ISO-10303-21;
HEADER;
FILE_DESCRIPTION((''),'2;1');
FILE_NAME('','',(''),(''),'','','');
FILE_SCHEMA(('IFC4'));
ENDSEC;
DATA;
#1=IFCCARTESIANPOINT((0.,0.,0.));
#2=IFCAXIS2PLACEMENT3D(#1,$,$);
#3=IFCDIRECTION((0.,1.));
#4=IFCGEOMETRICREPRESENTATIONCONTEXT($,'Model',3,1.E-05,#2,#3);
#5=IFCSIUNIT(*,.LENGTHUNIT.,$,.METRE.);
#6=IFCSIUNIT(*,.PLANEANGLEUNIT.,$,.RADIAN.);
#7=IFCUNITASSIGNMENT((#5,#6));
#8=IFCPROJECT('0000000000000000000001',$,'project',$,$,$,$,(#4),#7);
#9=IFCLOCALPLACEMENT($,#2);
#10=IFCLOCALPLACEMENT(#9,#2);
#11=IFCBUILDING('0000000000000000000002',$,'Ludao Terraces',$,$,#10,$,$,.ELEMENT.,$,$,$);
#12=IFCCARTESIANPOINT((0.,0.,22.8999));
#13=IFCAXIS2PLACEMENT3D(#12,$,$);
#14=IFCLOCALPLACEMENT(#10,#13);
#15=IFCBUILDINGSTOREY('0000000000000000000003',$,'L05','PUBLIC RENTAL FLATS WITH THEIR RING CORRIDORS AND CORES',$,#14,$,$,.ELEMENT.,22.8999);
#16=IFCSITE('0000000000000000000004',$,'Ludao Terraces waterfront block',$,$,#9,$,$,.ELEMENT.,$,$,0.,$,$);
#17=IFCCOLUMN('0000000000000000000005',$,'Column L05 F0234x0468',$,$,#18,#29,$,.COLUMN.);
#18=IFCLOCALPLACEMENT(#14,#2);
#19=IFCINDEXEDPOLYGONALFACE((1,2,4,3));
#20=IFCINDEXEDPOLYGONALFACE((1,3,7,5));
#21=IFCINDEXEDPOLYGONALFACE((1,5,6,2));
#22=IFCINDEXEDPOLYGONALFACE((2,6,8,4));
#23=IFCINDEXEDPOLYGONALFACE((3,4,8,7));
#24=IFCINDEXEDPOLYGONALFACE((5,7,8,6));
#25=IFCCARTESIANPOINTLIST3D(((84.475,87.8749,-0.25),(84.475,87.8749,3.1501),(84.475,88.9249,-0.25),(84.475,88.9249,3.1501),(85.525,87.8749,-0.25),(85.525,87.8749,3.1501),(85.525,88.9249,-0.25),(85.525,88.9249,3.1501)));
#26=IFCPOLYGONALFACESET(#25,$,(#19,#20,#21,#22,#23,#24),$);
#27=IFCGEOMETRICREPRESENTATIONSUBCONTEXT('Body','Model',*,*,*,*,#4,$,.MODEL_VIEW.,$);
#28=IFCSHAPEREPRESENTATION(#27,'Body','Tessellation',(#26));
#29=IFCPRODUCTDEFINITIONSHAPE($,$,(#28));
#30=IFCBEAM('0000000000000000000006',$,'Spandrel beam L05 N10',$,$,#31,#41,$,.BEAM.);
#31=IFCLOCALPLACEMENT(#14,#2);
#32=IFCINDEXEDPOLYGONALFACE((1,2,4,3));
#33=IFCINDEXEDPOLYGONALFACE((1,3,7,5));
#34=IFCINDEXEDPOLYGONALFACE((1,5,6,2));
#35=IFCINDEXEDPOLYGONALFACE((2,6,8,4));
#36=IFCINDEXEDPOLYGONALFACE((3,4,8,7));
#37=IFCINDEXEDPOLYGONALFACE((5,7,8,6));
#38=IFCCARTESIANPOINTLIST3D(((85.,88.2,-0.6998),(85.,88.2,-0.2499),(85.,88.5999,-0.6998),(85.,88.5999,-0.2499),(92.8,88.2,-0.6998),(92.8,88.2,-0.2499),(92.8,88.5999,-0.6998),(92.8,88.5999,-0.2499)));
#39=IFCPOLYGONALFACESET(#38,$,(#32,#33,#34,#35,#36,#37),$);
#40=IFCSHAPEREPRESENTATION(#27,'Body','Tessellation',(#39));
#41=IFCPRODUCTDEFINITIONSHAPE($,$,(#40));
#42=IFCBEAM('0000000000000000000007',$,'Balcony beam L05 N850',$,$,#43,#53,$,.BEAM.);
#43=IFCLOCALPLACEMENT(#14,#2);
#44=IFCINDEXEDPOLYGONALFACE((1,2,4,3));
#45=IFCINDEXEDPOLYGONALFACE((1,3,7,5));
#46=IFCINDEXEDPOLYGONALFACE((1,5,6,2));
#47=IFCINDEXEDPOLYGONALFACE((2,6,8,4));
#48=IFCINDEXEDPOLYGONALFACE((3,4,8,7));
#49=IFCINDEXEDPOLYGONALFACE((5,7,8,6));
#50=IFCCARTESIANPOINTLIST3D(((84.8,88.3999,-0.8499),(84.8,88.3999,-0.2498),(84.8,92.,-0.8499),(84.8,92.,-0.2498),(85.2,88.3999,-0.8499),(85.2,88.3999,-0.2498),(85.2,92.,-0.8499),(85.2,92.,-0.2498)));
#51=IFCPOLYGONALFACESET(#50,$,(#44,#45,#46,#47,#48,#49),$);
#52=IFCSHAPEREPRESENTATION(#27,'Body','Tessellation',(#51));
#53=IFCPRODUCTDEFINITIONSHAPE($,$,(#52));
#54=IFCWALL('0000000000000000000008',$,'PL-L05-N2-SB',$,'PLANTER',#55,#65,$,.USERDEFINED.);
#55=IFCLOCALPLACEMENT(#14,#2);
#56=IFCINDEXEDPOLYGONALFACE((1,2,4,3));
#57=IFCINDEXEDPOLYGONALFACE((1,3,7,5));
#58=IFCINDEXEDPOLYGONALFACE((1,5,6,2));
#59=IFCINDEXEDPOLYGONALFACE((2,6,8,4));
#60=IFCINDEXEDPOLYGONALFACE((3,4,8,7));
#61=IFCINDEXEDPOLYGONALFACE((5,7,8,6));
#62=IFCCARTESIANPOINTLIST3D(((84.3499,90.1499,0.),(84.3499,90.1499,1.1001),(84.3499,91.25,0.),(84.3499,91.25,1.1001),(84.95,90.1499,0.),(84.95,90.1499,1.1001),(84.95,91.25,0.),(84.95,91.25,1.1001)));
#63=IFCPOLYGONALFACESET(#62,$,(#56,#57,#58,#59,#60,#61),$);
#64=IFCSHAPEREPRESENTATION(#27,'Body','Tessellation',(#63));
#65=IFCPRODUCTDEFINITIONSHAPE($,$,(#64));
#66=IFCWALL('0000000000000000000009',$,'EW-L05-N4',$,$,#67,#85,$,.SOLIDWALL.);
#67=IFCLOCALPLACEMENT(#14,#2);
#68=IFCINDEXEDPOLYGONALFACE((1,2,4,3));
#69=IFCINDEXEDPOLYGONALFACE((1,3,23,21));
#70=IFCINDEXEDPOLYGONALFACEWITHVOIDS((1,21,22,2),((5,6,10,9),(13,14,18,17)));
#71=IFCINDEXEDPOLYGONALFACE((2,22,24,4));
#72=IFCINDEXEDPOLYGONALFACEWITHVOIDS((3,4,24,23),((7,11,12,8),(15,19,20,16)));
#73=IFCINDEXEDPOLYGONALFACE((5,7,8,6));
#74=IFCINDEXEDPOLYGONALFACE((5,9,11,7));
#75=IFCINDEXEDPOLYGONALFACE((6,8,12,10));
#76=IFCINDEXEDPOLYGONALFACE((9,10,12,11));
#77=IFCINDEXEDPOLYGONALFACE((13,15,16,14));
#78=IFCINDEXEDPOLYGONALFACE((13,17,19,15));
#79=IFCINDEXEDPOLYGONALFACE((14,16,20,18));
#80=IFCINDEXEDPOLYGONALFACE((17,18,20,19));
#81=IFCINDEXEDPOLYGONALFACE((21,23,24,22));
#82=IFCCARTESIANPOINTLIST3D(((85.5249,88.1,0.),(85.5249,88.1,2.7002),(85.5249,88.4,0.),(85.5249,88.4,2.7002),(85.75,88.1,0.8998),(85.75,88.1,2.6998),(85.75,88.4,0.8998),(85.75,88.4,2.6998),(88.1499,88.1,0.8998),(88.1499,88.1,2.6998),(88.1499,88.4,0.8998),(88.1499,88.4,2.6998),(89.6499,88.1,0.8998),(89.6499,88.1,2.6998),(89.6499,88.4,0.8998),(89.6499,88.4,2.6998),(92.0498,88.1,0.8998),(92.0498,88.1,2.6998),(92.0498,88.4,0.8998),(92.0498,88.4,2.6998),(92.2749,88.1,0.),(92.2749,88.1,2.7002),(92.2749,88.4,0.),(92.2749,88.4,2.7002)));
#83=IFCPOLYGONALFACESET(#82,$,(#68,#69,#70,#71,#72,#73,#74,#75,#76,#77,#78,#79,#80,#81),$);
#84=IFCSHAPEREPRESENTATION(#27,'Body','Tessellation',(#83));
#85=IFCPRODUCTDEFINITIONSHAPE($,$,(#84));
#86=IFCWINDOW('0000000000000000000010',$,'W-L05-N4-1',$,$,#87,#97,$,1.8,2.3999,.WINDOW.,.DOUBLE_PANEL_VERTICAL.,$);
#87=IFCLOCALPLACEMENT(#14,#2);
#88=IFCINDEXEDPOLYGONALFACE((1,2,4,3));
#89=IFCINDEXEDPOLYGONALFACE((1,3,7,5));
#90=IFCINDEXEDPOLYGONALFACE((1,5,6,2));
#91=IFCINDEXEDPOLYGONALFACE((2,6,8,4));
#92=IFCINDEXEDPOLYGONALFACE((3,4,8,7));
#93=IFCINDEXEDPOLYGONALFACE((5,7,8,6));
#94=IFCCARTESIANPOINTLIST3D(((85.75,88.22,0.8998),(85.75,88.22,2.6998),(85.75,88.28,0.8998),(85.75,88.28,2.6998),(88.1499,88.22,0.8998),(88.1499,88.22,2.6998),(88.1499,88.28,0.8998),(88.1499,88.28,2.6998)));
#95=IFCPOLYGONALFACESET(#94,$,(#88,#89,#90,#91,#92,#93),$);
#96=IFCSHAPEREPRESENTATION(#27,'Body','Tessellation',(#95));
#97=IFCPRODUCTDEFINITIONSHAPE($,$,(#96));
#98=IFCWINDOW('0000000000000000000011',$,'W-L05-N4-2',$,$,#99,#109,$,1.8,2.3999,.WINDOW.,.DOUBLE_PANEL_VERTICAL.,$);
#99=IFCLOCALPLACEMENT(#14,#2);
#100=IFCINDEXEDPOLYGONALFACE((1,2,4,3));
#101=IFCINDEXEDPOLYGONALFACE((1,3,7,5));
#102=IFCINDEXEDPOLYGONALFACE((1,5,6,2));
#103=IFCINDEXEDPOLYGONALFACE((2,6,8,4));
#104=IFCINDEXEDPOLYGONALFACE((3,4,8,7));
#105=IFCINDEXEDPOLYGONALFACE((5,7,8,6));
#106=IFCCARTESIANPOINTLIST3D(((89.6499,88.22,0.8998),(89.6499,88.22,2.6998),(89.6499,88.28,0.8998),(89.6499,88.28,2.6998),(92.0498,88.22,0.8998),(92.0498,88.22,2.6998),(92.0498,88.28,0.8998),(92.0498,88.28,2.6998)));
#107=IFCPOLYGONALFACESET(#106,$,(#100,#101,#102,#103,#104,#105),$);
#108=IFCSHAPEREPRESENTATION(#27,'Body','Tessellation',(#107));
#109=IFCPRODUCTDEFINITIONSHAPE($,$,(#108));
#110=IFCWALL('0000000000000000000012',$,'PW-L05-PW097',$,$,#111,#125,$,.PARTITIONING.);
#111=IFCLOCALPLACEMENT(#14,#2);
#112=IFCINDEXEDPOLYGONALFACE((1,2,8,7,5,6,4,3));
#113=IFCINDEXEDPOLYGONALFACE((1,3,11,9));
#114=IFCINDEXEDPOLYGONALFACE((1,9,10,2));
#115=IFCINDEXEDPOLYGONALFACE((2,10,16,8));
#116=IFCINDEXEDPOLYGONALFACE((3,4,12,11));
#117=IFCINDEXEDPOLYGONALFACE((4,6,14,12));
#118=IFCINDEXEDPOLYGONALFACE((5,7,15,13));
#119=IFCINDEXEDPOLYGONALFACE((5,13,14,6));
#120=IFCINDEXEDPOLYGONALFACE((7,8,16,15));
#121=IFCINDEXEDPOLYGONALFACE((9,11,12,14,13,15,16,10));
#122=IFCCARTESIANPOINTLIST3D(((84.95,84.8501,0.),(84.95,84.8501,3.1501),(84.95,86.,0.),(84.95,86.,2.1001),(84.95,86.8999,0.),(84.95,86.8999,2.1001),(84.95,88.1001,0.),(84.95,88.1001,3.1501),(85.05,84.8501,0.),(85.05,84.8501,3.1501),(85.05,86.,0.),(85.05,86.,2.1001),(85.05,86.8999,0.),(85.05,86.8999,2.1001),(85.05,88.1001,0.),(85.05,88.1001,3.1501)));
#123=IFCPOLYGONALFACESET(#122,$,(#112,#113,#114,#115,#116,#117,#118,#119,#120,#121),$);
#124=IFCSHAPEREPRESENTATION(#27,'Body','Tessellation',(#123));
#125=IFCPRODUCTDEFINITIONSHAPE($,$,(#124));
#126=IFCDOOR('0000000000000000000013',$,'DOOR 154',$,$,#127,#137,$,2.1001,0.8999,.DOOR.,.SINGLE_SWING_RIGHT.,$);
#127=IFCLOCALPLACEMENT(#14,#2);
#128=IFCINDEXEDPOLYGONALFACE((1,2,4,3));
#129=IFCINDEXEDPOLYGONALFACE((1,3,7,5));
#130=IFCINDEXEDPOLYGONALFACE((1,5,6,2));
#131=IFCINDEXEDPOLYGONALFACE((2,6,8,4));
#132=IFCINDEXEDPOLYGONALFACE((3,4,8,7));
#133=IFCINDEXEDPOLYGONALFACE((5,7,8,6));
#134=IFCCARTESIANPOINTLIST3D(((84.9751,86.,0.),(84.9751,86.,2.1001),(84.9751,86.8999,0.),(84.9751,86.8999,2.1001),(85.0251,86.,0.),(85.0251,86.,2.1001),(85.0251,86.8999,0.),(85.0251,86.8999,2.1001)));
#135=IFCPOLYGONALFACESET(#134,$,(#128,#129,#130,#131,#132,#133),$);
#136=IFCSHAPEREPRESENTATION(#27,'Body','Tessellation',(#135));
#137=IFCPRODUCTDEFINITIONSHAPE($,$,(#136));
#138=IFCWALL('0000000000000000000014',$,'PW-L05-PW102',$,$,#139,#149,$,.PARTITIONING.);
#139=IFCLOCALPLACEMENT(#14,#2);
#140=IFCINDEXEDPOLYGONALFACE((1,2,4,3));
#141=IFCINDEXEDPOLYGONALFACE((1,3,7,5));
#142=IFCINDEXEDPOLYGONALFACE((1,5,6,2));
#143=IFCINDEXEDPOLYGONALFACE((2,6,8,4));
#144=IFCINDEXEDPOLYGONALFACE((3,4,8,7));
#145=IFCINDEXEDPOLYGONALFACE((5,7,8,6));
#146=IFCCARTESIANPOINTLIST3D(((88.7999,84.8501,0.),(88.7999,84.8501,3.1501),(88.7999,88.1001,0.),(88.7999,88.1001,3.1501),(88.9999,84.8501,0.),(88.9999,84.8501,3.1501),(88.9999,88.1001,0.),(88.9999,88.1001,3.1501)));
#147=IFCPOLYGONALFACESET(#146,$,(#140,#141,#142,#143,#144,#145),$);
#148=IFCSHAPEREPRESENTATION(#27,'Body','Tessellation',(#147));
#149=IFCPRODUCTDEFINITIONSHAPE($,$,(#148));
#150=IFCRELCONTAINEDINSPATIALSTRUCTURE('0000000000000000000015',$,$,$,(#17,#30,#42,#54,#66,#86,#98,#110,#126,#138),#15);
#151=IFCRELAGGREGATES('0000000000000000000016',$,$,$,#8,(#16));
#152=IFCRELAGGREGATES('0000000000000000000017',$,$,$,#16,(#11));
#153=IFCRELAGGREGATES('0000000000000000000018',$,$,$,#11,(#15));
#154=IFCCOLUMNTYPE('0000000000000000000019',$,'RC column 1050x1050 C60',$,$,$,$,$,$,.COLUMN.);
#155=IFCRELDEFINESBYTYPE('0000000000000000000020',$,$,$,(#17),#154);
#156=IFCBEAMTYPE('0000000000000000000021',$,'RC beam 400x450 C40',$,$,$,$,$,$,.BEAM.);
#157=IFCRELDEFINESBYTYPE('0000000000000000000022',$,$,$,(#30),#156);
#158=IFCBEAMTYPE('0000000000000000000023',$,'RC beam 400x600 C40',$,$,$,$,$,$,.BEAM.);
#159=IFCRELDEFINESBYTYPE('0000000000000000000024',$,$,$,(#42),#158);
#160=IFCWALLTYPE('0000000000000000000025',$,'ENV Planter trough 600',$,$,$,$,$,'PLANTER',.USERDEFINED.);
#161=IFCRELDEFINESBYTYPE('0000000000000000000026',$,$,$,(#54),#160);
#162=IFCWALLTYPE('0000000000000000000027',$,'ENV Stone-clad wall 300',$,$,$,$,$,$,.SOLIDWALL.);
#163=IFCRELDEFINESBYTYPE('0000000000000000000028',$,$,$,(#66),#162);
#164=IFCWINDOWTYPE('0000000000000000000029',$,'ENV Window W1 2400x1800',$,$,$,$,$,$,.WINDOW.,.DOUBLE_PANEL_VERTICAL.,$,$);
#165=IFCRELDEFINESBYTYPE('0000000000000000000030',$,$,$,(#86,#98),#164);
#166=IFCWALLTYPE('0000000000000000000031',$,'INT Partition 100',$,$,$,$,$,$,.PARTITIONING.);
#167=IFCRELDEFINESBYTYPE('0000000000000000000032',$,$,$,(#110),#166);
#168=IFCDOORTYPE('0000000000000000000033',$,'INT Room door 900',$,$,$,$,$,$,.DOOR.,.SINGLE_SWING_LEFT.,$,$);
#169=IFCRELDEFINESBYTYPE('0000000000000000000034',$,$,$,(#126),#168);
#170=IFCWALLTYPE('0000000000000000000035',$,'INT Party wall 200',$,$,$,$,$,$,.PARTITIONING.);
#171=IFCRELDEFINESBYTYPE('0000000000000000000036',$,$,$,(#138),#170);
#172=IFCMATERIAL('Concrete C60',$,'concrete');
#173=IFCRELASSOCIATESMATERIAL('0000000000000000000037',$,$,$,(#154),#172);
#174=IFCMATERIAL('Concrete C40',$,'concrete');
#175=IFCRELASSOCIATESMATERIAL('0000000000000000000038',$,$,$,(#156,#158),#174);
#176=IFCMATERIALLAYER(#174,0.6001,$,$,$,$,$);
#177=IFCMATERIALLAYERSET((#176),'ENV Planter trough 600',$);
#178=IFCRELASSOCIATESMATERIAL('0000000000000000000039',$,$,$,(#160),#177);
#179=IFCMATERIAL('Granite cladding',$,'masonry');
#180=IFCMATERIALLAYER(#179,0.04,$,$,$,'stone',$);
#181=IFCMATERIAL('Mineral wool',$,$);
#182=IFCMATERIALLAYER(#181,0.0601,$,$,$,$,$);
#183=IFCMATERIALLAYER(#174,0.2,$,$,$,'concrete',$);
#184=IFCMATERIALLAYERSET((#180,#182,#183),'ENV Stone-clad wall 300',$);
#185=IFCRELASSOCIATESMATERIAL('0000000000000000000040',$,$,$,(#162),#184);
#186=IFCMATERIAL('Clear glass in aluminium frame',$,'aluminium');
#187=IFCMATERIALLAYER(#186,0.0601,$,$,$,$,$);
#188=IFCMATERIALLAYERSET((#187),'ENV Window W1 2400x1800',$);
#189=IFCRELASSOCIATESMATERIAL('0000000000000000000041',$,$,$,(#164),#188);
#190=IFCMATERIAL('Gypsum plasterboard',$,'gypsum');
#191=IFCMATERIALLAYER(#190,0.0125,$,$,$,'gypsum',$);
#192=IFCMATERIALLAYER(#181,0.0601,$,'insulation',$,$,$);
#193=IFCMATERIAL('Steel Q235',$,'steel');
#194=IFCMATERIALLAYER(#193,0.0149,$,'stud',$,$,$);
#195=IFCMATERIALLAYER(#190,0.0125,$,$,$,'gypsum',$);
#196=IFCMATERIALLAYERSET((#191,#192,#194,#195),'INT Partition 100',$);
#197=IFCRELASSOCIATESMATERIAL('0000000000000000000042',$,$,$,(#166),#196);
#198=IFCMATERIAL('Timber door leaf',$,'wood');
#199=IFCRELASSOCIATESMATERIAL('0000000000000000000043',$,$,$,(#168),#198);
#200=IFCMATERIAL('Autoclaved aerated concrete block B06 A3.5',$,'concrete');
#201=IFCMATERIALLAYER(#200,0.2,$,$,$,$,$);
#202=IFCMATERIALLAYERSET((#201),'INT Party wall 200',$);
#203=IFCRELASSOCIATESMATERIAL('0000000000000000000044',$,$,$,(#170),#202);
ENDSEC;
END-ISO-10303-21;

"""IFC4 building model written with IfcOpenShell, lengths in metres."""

from ifc_helpers import new_model, si_unit, direction, frame, frame_2d, origin, origin_2d, place, context, subcontext, project, spatial, rectangle, extrude, material, layer, layer_set, material_profile, profile_set, type_object, element, fill, save


model = new_model("IFC4")

# Units and contexts
model_context = context("Model", 3, precision=1e-05, world=origin(), true_north=direction((0.0, 1.0)))
body_context = subcontext(model_context, "Body", "Model", "MODEL_VIEW")
ifc_project = project(units=[si_unit("LENGTHUNIT", "METRE"), si_unit("PLANEANGLEUNIT", "RADIAN")], contexts=[model_context])

# Site, building, storey
site_placement = place(None, origin())
site = spatial("IfcSite", under=ifc_project, at=site_placement, Name="Ludao Terraces waterfront block", CompositionType="ELEMENT", RefElevation=0.0)
building_placement = place(site_placement, origin())
building = spatial("IfcBuilding", under=site, at=building_placement, Name="Ludao Terraces", CompositionType="ELEMENT")
storey_placement = place(building_placement, frame((0.0, 0.0, 22.8999)))
storey = spatial("IfcBuildingStorey", under=building, at=storey_placement, Name="L05", Description="PUBLIC RENTAL FLATS WITH THEIR RING CORRIDORS AND CORES", CompositionType="ELEMENT", Elevation=22.8999)

# Column
ifc_material_1 = material(Name="Concrete C60", Category="concrete")
ifc_material_profile_1 = material_profile(ifc_material_1, rectangle(XDim=1.05, YDim=1.05, at=origin_2d()), Name="1050 X 1050")
ifc_profile_set_1 = profile_set([ifc_material_profile_1], Name="Concrete C60")
column_type = type_object("IfcColumnType", Name="RC column 1050x1050 C60", PredefinedType="COLUMN", material=ifc_profile_set_1)
column_placement = place(storey_placement, frame((85.0, 88.3999, -0.25), z_axis=(0.0, 0.0, 1.0), x_axis=(1.0, 0.0, 0.0)))
element("IfcColumn", 1, at=column_placement, inside=storey, type_object=column_type, Name="Column L05 F0234x0468", PredefinedType="COLUMN", context=body_context, shape_type="SweptSolid", body=[
    extrude(rectangle(XDim=1.05, YDim=1.05, at=origin_2d()), origin(), (0.0, 0.0, 1.0), 3.4001),
])

# Beams
ifc_material_2 = material(Name="Concrete C40", Category="concrete")
ifc_material_profile_2 = material_profile(ifc_material_2, rectangle(XDim=0.3999, YDim=0.45, at=origin_2d()), Name="400 X 450")
ifc_profile_set_2 = profile_set([ifc_material_profile_2], Name="Concrete C40")
beam_type_1 = type_object("IfcBeamType", Name="RC beam 400x450 C40", PredefinedType="BEAM", material=ifc_profile_set_2)
beam_1_placement = place(storey_placement, frame((85.0, 88.3999, -0.4749), z_axis=(1.0, 0.0, 0.0), x_axis=(0.0, 1.0, 0.0)))
element("IfcBeam", 2, at=beam_1_placement, inside=storey, type_object=beam_type_1, Name="Spandrel beam L05 N10", PredefinedType="BEAM", context=body_context, shape_type="SweptSolid", body=[
    extrude(rectangle(XDim=0.3999, YDim=0.45, at=origin_2d()), origin(), (0.0, 0.0, 1.0), 7.8),
])
ifc_material_profile_3 = material_profile(ifc_material_2, rectangle(XDim=0.3999, YDim=0.6001, at=origin_2d()), Name="400 X 600")
ifc_profile_set_3 = profile_set([ifc_material_profile_3], Name="Concrete C40")
beam_type_2 = type_object("IfcBeamType", Name="RC beam 400x600 C40", PredefinedType="BEAM", material=ifc_profile_set_3)
beam_2_placement = place(storey_placement, frame((85.0, 88.3999, -0.5498), z_axis=(0.0, 1.0, 0.0), x_axis=(-1.0, 0.0, 0.0)))
element("IfcBeam", 3, at=beam_2_placement, inside=storey, type_object=beam_type_2, Name="Balcony beam L05 N850", PredefinedType="BEAM", context=body_context, shape_type="SweptSolid", body=[
    extrude(rectangle(XDim=0.3999, YDim=0.6001, at=origin_2d()), origin(), (0.0, 0.0, 1.0), 3.6001),
])

# Wall
ifc_layer_1 = layer(ifc_material_2, 0.6001)
ifc_layer_set_1 = layer_set([ifc_layer_1], Name="ENV Planter trough 600")
wall_type_1 = type_object("IfcWallType", Name="ENV Planter trough 600", ElementType="PLANTER", PredefinedType="USERDEFINED", material=ifc_layer_set_1)
wall_1_placement = place(storey_placement, frame((84.6499, 91.25, 0.0), z_axis=(0.0, 0.0, 1.0), x_axis=(0.0, -1.0, 0.0)))
element("IfcWall", 4, at=wall_1_placement, inside=storey, type_object=wall_type_1, Name="PL-L05-N2-SB", ObjectType="PLANTER", PredefinedType="USERDEFINED", context=body_context, shape_type="SweptSolid", body=[
    extrude(rectangle(XDim=1.1001, YDim=0.6001, at=frame_2d((0.55, 0.0))), origin(), (0.0, 0.0, 1.0), 1.1001),
])

# Wall, openings, windows
ifc_material_3 = material(Name="Granite cladding", Category="masonry")
ifc_layer_2 = layer(ifc_material_3, 0.04, Category="stone")
ifc_material_4 = material(Name="Mineral wool")
ifc_layer_3 = layer(ifc_material_4, 0.0601)
ifc_layer_4 = layer(ifc_material_2, 0.2, Category="concrete")
ifc_layer_set_2 = layer_set([ifc_layer_2, ifc_layer_3, ifc_layer_4], Name="ENV Stone-clad wall 300")
wall_type_2 = type_object("IfcWallType", Name="ENV Stone-clad wall 300", PredefinedType="SOLIDWALL", material=ifc_layer_set_2)
wall_2_placement = place(storey_placement, frame((85.5249, 88.25, 0.0), z_axis=(0.0, 0.0, 1.0), x_axis=(1.0, 0.0, 0.0)))
wall_2 = element("IfcWall", 5, at=wall_2_placement, inside=storey, type_object=wall_type_2, Name="EW-L05-N4", PredefinedType="SOLIDWALL", context=body_context, shape_type="SweptSolid", body=[
    extrude(rectangle(XDim=6.75, YDim=0.3, at=frame_2d((3.375, 0.0))), origin(), (0.0, 0.0, 1.0), 2.7002),
])
opening_1_placement = place(wall_2_placement, frame((0.2251, 0.0, 0.8999)))
opening_1 = element("IfcOpeningElement", 6, at=opening_1_placement, cuts=wall_2, PredefinedType="OPENING", context=body_context, shape_type="SweptSolid", body=[
    extrude(rectangle(XDim=2.3999, YDim=1.8, at=frame_2d((1.2, 0.8999))), frame((0.0, 0.1602, 0.0), z_axis=(0.0, -1.0, 0.0), x_axis=(1.0, 0.0, 0.0)), (0.0, 0.0, 1.0), 0.3201),
])
opening_2_placement = place(wall_2_placement, frame((4.125, 0.0, 0.8999)))
opening_2 = element("IfcOpeningElement", 7, at=opening_2_placement, cuts=wall_2, PredefinedType="OPENING", context=body_context, shape_type="SweptSolid", body=[
    extrude(rectangle(XDim=2.3999, YDim=1.8, at=frame_2d((1.2, 0.8999))), frame((0.0, 0.1602, 0.0), z_axis=(0.0, -1.0, 0.0), x_axis=(1.0, 0.0, 0.0)), (0.0, 0.0, 1.0), 0.3201),
])
ifc_material_5 = material(Name="Clear glass in aluminium frame", Category="aluminium")
ifc_layer_5 = layer(ifc_material_5, 0.0601)
ifc_layer_set_3 = layer_set([ifc_layer_5], Name="ENV Window W1 2400x1800")
window_type = type_object("IfcWindowType", Name="ENV Window W1 2400x1800", PartitioningType="DOUBLE_PANEL_VERTICAL", PredefinedType="WINDOW", material=ifc_layer_set_3)
window_1_placement = place(opening_1_placement, origin())
window_1 = element("IfcWindow", 8, at=window_1_placement, inside=storey, type_object=window_type, Name="W-L05-N4-1", OverallHeight=1.8, OverallWidth=2.3999, PartitioningType="DOUBLE_PANEL_VERTICAL", PredefinedType="WINDOW", context=body_context, shape_type="SweptSolid", body=[
    extrude(rectangle(XDim=2.3999, YDim=1.8, at=frame_2d((1.2, 0.8999))), frame((0.0, 0.03, 0.0), z_axis=(0.0, -1.0, 0.0), x_axis=(1.0, 0.0, 0.0)), (0.0, 0.0, 1.0), 0.0601),
])
fill(opening_1, window_1)
window_2_placement = place(opening_2_placement, origin())
window_2 = element("IfcWindow", 9, at=window_2_placement, inside=storey, type_object=window_type, Name="W-L05-N4-2", OverallHeight=1.8, OverallWidth=2.3999, PartitioningType="DOUBLE_PANEL_VERTICAL", PredefinedType="WINDOW", context=body_context, shape_type="SweptSolid", body=[
    extrude(rectangle(XDim=2.3999, YDim=1.8, at=frame_2d((1.2, 0.8999))), frame((0.0, 0.03, 0.0), z_axis=(0.0, -1.0, 0.0), x_axis=(1.0, 0.0, 0.0)), (0.0, 0.0, 1.0), 0.0601),
])
fill(opening_2, window_2)

# Wall, opening, door
ifc_material_6 = material(Name="Gypsum plasterboard", Category="gypsum")
ifc_layer_6 = layer(ifc_material_6, 0.0125, Category="gypsum")
ifc_layer_7 = layer(ifc_material_4, 0.0601, Name="insulation")
ifc_material_7 = material(Name="Steel Q235", Category="steel")
ifc_layer_8 = layer(ifc_material_7, 0.0149, Name="stud")
ifc_layer_9 = layer(ifc_material_6, 0.0125, Category="gypsum")
ifc_layer_set_4 = layer_set([ifc_layer_6, ifc_layer_7, ifc_layer_8, ifc_layer_9], Name="INT Partition 100")
wall_type_3 = type_object("IfcWallType", Name="INT Partition 100", PredefinedType="PARTITIONING", material=ifc_layer_set_4)
wall_3_placement = place(storey_placement, frame((85.0, 84.8501, 0.0), z_axis=(0.0, 0.0, 1.0), x_axis=(0.0, 1.0, 0.0)))
wall_3 = element("IfcWall", 10, at=wall_3_placement, inside=storey, type_object=wall_type_3, Name="PW-L05-PW097", PredefinedType="PARTITIONING", context=body_context, shape_type="SweptSolid", body=[
    extrude(rectangle(XDim=3.25, YDim=0.1001, at=frame_2d((1.625, 0.0))), origin(), (0.0, 0.0, 1.0), 3.1501),
])
opening_3_placement = place(wall_3_placement, frame((1.1499, 0.0, 0.0)))
opening_3 = element("IfcOpeningElement", 11, at=opening_3_placement, cuts=wall_3, PredefinedType="OPENING", context=body_context, shape_type="SweptSolid", body=[
    extrude(rectangle(XDim=0.8999, YDim=2.1001, at=frame_2d((0.45, 1.05))), frame((0.0, 0.0601, 0.0), z_axis=(0.0, -1.0, 0.0), x_axis=(1.0, 0.0, 0.0)), (0.0, 0.0, 1.0), 0.1201),
])
ifc_material_8 = material(Name="Timber door leaf", Category="wood")
door_type_1 = type_object("IfcDoorType", Name="INT Room door 900", OperationType="SINGLE_SWING_LEFT", PredefinedType="DOOR", material=ifc_material_8)
door_1_placement = place(opening_3_placement, origin())
door_1 = element("IfcDoor", 12, at=door_1_placement, inside=storey, type_object=door_type_1, Name="DOOR 154", OperationType="SINGLE_SWING_RIGHT", OverallHeight=2.1001, OverallWidth=0.8999, PredefinedType="DOOR", context=body_context, shape_type="SweptSolid", body=[
    extrude(rectangle(XDim=0.8999, YDim=2.1001, at=frame_2d((0.45, 1.05))), frame((0.0, 0.0249, 0.0), z_axis=(0.0, -1.0, 0.0), x_axis=(1.0, 0.0, 0.0)), (0.0, 0.0, 1.0), 0.05),
])
fill(opening_3, door_1)

# Wall
ifc_material_9 = material(Name="Autoclaved aerated concrete block B06 A3.5", Category="concrete")
ifc_layer_10 = layer(ifc_material_9, 0.2)
ifc_layer_set_5 = layer_set([ifc_layer_10], Name="INT Party wall 200")
wall_type_4 = type_object("IfcWallType", Name="INT Party wall 200", PredefinedType="PARTITIONING", material=ifc_layer_set_5)
wall_4_placement = place(storey_placement, frame((88.8999, 84.8501, 0.0), z_axis=(0.0, 0.0, 1.0), x_axis=(0.0, 1.0, 0.0)))
element("IfcWall", 13, at=wall_4_placement, inside=storey, type_object=wall_type_4, Name="PW-L05-PW102", PredefinedType="PARTITIONING", context=body_context, shape_type="SweptSolid", body=[
    extrude(rectangle(XDim=3.25, YDim=0.2, at=frame_2d((1.625, 0.0))), origin(), (0.0, 0.0, 1.0), 3.1501),
])

save(model, "model.ifc")
